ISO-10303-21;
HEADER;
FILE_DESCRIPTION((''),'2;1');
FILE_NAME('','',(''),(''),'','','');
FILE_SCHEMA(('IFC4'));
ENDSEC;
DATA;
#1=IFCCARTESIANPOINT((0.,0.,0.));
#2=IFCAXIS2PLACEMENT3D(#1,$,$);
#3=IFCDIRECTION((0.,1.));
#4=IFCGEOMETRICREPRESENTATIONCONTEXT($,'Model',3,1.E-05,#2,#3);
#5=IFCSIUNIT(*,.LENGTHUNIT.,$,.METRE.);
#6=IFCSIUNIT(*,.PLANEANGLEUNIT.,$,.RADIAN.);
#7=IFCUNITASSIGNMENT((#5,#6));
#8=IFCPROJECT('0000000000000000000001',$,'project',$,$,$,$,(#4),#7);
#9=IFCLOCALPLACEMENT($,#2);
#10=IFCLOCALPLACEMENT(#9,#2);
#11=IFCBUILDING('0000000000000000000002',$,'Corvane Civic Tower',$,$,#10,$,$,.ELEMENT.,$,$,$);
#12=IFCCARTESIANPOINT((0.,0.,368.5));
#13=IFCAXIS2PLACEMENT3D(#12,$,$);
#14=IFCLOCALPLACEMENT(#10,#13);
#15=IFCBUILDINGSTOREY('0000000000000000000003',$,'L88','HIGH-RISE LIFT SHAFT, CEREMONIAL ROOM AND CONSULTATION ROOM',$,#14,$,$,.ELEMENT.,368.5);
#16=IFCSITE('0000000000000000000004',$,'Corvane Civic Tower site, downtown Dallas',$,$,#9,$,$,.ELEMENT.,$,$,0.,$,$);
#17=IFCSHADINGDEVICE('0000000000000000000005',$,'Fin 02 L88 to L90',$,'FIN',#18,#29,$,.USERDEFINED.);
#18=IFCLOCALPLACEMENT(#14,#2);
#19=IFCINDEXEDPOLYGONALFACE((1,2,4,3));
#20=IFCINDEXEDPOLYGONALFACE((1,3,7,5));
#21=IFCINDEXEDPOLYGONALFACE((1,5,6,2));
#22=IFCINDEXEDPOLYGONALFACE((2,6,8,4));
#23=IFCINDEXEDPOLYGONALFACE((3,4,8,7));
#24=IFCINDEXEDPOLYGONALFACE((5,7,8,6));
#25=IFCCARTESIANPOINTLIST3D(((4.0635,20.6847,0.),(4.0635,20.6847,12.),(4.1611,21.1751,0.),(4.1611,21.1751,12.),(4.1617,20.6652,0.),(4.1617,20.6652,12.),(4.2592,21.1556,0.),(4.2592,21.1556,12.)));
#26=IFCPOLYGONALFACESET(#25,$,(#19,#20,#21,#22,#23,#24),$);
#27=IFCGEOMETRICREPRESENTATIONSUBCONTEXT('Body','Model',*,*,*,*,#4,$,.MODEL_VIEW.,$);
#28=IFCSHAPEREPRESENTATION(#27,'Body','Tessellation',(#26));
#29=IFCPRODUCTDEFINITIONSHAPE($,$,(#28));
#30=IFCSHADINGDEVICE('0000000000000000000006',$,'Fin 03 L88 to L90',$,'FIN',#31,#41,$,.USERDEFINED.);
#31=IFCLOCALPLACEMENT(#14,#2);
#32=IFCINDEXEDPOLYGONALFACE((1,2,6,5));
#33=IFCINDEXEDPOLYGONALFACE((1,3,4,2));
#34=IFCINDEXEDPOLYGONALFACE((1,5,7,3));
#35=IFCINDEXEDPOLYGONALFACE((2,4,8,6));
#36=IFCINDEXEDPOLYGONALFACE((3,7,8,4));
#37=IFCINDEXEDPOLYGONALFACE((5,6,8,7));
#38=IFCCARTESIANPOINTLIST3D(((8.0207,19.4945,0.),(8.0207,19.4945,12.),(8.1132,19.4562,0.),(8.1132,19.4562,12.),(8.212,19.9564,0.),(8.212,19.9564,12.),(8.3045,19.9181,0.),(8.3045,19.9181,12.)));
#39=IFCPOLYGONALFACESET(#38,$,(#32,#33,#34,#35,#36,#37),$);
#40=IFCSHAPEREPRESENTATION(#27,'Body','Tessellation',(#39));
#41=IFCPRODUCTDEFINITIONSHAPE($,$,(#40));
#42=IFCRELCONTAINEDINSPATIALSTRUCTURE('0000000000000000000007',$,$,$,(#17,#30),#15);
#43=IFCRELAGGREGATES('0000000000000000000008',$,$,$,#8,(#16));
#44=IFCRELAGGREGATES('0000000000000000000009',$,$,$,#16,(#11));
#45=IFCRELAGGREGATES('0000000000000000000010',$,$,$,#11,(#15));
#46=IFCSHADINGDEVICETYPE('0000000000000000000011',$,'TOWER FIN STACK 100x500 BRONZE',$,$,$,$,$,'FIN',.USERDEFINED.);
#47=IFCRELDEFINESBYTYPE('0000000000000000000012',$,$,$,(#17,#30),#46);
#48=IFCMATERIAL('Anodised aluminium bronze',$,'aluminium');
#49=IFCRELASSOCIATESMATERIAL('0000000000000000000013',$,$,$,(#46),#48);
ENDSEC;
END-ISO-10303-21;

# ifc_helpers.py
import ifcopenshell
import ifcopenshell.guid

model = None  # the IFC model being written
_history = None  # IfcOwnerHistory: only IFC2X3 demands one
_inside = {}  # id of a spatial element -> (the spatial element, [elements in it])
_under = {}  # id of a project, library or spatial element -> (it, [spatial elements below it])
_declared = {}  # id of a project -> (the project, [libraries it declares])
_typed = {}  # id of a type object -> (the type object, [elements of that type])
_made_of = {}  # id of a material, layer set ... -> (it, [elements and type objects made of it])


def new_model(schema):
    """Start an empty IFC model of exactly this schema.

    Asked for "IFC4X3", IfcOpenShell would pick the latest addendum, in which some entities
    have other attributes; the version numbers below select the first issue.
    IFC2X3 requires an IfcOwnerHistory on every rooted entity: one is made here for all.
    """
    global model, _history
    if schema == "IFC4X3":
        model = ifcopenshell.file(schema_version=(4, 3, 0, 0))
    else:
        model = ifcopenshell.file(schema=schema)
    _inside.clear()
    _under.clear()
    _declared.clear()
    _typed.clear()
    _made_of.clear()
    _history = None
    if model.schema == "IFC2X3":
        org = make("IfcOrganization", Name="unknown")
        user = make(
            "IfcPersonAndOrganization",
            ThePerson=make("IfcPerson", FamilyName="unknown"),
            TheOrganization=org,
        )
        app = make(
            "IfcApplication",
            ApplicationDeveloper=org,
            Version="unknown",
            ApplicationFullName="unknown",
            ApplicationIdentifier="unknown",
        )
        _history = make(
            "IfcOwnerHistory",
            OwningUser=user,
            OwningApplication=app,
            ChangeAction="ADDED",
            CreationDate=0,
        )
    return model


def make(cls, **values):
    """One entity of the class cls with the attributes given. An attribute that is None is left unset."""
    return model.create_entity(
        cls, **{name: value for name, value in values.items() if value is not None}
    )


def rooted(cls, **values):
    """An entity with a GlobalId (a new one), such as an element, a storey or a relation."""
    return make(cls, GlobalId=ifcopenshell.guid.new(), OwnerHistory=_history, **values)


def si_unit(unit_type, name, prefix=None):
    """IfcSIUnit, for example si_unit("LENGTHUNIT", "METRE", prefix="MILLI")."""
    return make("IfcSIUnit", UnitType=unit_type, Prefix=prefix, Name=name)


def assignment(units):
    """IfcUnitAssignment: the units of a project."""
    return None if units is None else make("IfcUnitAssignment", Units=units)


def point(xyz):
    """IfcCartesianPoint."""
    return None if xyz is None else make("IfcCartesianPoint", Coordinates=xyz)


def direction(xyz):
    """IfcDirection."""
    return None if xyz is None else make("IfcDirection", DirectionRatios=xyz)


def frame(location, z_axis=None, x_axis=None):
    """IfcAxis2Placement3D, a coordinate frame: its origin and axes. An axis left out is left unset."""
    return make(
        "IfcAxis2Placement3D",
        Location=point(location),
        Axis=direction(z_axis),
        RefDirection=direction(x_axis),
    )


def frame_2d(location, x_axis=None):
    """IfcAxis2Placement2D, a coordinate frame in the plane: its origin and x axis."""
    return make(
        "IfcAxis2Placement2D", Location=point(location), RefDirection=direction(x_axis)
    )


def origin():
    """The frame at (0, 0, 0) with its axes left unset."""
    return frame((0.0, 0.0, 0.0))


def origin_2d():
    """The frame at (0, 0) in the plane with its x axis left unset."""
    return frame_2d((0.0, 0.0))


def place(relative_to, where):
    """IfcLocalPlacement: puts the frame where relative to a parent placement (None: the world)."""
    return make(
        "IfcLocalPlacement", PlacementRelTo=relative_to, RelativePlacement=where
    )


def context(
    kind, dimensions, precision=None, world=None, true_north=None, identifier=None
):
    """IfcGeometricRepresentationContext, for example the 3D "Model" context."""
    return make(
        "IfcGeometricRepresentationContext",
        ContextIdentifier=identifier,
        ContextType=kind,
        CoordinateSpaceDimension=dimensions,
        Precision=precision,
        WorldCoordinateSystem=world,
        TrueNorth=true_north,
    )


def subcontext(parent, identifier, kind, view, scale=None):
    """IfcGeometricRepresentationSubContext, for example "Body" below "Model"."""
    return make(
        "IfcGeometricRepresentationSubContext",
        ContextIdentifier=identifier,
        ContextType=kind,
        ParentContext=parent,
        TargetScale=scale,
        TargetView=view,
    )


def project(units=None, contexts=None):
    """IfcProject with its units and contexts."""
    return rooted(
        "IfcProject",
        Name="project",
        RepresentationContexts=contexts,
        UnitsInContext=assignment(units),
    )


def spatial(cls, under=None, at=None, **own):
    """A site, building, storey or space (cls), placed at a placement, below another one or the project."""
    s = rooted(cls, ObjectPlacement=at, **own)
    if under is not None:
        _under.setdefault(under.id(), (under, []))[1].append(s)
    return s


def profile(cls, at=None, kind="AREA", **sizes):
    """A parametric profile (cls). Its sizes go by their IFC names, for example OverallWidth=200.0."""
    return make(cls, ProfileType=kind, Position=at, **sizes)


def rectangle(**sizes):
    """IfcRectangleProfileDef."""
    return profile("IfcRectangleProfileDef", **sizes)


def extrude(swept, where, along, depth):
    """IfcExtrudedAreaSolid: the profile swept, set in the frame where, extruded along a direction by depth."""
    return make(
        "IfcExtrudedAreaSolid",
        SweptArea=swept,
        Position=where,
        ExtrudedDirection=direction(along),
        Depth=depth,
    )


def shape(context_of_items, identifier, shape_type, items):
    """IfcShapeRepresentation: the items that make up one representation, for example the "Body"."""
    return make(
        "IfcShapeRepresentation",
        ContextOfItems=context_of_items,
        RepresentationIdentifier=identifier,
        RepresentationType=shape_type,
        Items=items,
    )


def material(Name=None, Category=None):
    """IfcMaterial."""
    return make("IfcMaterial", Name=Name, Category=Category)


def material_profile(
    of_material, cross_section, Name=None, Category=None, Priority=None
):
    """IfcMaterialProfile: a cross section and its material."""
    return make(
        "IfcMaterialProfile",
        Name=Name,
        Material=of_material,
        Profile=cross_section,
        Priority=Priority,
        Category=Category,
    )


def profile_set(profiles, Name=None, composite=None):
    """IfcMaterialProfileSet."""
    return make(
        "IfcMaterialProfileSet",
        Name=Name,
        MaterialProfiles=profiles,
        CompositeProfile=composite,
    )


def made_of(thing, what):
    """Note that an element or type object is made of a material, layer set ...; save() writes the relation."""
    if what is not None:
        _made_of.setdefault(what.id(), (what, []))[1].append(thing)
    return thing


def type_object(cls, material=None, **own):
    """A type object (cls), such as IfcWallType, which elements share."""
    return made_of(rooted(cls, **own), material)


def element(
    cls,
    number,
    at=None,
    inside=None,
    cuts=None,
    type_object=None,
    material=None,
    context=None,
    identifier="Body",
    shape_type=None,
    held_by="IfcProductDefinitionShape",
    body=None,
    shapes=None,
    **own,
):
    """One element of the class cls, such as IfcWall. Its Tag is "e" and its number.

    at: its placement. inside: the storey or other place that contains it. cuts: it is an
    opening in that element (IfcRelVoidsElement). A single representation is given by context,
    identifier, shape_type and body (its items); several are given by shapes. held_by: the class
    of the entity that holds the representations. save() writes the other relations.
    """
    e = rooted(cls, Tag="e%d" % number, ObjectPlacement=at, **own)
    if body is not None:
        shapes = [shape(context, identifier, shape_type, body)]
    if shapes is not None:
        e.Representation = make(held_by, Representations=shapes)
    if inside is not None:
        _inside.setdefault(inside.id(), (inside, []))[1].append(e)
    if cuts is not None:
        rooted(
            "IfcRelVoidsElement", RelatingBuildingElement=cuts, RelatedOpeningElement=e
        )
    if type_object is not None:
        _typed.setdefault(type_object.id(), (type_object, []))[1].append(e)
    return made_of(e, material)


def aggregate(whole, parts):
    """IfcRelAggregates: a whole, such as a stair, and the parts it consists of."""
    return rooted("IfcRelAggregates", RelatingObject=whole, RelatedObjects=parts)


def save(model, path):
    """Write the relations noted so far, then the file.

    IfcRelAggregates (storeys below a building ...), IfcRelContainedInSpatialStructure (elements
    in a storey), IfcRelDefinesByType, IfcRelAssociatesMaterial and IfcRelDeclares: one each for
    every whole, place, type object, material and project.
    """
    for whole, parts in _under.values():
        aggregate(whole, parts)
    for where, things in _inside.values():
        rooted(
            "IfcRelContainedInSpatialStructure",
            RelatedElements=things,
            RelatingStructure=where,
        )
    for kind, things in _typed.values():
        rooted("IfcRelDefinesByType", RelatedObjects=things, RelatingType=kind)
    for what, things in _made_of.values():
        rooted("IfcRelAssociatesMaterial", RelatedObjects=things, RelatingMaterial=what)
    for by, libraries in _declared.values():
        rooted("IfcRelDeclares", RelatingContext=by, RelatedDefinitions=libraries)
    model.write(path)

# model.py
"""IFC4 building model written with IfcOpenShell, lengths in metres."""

from ifc_helpers import new_model, si_unit, direction, frame, origin, origin_2d, place, context, subcontext, project, spatial, rectangle, extrude, material, material_profile, profile_set, type_object, element, save


model = new_model("IFC4")

# Units and contexts
model_context = context("Model", 3, precision=1e-05, world=origin(), true_north=direction((0.0, 1.0)))
body_context = subcontext(model_context, "Body", "Model", "MODEL_VIEW")
ifc_project = project(units=[si_unit("LENGTHUNIT", "METRE"), si_unit("PLANEANGLEUNIT", "RADIAN")], contexts=[model_context])

# Site, building, storey
site_placement = place(None, origin())
site = spatial("IfcSite", under=ifc_project, at=site_placement, Name="Corvane Civic Tower site, downtown Dallas", CompositionType="ELEMENT", RefElevation=0.0)
building_placement = place(site_placement, origin())
building = spatial("IfcBuilding", under=site, at=building_placement, Name="Corvane Civic Tower", CompositionType="ELEMENT")
storey_placement = place(building_placement, frame((0.0, 0.0, 368.5)))
storey = spatial("IfcBuildingStorey", under=building, at=storey_placement, Name="L88", Description="HIGH-RISE LIFT SHAFT, CEREMONIAL ROOM AND CONSULTATION ROOM", CompositionType="ELEMENT", Elevation=368.5)

# Shading devices
ifc_material_1 = material(Name="Anodised aluminium bronze", Category="aluminium")
ifc_material_profile_1 = material_profile(ifc_material_1, rectangle(XDim=0.1001, YDim=0.5, at=origin_2d()), Name="TOWER FIN STACK 100x500 BRONZE")
ifc_profile_set_1 = profile_set([ifc_material_profile_1], Name="Anodised aluminium bronze")
shading_device_type = type_object("IfcShadingDeviceType", Name="TOWER FIN STACK 100x500 BRONZE", ElementType="FIN", PredefinedType="USERDEFINED", material=ifc_profile_set_1)
for number, where, z_axis, x_axis, name in (
    (1, (4.1614, 20.9202, 0.0), (0.0, 0.0, 1.0), (0.980785, -0.19509, 0.0), "Fin 02 L88 to L90"),
    (2, (8.1626, 19.7063, 0.0), (0.0, 0.0, 1.0), (0.92388, -0.382683, 0.0), "Fin 03 L88 to L90"),
):
    element("IfcShadingDevice", number, at=place(storey_placement, frame(where, z_axis=z_axis, x_axis=x_axis)), inside=storey, type_object=shading_device_type, Name=name, ObjectType="FIN", PredefinedType="USERDEFINED", context=body_context, shape_type="SweptSolid", body=[
        extrude(rectangle(XDim=0.1001, YDim=0.5, at=origin_2d()), origin(), (0.0, 0.0, 1.0), 12.0),
    ])

save(model, "model.ifc")
